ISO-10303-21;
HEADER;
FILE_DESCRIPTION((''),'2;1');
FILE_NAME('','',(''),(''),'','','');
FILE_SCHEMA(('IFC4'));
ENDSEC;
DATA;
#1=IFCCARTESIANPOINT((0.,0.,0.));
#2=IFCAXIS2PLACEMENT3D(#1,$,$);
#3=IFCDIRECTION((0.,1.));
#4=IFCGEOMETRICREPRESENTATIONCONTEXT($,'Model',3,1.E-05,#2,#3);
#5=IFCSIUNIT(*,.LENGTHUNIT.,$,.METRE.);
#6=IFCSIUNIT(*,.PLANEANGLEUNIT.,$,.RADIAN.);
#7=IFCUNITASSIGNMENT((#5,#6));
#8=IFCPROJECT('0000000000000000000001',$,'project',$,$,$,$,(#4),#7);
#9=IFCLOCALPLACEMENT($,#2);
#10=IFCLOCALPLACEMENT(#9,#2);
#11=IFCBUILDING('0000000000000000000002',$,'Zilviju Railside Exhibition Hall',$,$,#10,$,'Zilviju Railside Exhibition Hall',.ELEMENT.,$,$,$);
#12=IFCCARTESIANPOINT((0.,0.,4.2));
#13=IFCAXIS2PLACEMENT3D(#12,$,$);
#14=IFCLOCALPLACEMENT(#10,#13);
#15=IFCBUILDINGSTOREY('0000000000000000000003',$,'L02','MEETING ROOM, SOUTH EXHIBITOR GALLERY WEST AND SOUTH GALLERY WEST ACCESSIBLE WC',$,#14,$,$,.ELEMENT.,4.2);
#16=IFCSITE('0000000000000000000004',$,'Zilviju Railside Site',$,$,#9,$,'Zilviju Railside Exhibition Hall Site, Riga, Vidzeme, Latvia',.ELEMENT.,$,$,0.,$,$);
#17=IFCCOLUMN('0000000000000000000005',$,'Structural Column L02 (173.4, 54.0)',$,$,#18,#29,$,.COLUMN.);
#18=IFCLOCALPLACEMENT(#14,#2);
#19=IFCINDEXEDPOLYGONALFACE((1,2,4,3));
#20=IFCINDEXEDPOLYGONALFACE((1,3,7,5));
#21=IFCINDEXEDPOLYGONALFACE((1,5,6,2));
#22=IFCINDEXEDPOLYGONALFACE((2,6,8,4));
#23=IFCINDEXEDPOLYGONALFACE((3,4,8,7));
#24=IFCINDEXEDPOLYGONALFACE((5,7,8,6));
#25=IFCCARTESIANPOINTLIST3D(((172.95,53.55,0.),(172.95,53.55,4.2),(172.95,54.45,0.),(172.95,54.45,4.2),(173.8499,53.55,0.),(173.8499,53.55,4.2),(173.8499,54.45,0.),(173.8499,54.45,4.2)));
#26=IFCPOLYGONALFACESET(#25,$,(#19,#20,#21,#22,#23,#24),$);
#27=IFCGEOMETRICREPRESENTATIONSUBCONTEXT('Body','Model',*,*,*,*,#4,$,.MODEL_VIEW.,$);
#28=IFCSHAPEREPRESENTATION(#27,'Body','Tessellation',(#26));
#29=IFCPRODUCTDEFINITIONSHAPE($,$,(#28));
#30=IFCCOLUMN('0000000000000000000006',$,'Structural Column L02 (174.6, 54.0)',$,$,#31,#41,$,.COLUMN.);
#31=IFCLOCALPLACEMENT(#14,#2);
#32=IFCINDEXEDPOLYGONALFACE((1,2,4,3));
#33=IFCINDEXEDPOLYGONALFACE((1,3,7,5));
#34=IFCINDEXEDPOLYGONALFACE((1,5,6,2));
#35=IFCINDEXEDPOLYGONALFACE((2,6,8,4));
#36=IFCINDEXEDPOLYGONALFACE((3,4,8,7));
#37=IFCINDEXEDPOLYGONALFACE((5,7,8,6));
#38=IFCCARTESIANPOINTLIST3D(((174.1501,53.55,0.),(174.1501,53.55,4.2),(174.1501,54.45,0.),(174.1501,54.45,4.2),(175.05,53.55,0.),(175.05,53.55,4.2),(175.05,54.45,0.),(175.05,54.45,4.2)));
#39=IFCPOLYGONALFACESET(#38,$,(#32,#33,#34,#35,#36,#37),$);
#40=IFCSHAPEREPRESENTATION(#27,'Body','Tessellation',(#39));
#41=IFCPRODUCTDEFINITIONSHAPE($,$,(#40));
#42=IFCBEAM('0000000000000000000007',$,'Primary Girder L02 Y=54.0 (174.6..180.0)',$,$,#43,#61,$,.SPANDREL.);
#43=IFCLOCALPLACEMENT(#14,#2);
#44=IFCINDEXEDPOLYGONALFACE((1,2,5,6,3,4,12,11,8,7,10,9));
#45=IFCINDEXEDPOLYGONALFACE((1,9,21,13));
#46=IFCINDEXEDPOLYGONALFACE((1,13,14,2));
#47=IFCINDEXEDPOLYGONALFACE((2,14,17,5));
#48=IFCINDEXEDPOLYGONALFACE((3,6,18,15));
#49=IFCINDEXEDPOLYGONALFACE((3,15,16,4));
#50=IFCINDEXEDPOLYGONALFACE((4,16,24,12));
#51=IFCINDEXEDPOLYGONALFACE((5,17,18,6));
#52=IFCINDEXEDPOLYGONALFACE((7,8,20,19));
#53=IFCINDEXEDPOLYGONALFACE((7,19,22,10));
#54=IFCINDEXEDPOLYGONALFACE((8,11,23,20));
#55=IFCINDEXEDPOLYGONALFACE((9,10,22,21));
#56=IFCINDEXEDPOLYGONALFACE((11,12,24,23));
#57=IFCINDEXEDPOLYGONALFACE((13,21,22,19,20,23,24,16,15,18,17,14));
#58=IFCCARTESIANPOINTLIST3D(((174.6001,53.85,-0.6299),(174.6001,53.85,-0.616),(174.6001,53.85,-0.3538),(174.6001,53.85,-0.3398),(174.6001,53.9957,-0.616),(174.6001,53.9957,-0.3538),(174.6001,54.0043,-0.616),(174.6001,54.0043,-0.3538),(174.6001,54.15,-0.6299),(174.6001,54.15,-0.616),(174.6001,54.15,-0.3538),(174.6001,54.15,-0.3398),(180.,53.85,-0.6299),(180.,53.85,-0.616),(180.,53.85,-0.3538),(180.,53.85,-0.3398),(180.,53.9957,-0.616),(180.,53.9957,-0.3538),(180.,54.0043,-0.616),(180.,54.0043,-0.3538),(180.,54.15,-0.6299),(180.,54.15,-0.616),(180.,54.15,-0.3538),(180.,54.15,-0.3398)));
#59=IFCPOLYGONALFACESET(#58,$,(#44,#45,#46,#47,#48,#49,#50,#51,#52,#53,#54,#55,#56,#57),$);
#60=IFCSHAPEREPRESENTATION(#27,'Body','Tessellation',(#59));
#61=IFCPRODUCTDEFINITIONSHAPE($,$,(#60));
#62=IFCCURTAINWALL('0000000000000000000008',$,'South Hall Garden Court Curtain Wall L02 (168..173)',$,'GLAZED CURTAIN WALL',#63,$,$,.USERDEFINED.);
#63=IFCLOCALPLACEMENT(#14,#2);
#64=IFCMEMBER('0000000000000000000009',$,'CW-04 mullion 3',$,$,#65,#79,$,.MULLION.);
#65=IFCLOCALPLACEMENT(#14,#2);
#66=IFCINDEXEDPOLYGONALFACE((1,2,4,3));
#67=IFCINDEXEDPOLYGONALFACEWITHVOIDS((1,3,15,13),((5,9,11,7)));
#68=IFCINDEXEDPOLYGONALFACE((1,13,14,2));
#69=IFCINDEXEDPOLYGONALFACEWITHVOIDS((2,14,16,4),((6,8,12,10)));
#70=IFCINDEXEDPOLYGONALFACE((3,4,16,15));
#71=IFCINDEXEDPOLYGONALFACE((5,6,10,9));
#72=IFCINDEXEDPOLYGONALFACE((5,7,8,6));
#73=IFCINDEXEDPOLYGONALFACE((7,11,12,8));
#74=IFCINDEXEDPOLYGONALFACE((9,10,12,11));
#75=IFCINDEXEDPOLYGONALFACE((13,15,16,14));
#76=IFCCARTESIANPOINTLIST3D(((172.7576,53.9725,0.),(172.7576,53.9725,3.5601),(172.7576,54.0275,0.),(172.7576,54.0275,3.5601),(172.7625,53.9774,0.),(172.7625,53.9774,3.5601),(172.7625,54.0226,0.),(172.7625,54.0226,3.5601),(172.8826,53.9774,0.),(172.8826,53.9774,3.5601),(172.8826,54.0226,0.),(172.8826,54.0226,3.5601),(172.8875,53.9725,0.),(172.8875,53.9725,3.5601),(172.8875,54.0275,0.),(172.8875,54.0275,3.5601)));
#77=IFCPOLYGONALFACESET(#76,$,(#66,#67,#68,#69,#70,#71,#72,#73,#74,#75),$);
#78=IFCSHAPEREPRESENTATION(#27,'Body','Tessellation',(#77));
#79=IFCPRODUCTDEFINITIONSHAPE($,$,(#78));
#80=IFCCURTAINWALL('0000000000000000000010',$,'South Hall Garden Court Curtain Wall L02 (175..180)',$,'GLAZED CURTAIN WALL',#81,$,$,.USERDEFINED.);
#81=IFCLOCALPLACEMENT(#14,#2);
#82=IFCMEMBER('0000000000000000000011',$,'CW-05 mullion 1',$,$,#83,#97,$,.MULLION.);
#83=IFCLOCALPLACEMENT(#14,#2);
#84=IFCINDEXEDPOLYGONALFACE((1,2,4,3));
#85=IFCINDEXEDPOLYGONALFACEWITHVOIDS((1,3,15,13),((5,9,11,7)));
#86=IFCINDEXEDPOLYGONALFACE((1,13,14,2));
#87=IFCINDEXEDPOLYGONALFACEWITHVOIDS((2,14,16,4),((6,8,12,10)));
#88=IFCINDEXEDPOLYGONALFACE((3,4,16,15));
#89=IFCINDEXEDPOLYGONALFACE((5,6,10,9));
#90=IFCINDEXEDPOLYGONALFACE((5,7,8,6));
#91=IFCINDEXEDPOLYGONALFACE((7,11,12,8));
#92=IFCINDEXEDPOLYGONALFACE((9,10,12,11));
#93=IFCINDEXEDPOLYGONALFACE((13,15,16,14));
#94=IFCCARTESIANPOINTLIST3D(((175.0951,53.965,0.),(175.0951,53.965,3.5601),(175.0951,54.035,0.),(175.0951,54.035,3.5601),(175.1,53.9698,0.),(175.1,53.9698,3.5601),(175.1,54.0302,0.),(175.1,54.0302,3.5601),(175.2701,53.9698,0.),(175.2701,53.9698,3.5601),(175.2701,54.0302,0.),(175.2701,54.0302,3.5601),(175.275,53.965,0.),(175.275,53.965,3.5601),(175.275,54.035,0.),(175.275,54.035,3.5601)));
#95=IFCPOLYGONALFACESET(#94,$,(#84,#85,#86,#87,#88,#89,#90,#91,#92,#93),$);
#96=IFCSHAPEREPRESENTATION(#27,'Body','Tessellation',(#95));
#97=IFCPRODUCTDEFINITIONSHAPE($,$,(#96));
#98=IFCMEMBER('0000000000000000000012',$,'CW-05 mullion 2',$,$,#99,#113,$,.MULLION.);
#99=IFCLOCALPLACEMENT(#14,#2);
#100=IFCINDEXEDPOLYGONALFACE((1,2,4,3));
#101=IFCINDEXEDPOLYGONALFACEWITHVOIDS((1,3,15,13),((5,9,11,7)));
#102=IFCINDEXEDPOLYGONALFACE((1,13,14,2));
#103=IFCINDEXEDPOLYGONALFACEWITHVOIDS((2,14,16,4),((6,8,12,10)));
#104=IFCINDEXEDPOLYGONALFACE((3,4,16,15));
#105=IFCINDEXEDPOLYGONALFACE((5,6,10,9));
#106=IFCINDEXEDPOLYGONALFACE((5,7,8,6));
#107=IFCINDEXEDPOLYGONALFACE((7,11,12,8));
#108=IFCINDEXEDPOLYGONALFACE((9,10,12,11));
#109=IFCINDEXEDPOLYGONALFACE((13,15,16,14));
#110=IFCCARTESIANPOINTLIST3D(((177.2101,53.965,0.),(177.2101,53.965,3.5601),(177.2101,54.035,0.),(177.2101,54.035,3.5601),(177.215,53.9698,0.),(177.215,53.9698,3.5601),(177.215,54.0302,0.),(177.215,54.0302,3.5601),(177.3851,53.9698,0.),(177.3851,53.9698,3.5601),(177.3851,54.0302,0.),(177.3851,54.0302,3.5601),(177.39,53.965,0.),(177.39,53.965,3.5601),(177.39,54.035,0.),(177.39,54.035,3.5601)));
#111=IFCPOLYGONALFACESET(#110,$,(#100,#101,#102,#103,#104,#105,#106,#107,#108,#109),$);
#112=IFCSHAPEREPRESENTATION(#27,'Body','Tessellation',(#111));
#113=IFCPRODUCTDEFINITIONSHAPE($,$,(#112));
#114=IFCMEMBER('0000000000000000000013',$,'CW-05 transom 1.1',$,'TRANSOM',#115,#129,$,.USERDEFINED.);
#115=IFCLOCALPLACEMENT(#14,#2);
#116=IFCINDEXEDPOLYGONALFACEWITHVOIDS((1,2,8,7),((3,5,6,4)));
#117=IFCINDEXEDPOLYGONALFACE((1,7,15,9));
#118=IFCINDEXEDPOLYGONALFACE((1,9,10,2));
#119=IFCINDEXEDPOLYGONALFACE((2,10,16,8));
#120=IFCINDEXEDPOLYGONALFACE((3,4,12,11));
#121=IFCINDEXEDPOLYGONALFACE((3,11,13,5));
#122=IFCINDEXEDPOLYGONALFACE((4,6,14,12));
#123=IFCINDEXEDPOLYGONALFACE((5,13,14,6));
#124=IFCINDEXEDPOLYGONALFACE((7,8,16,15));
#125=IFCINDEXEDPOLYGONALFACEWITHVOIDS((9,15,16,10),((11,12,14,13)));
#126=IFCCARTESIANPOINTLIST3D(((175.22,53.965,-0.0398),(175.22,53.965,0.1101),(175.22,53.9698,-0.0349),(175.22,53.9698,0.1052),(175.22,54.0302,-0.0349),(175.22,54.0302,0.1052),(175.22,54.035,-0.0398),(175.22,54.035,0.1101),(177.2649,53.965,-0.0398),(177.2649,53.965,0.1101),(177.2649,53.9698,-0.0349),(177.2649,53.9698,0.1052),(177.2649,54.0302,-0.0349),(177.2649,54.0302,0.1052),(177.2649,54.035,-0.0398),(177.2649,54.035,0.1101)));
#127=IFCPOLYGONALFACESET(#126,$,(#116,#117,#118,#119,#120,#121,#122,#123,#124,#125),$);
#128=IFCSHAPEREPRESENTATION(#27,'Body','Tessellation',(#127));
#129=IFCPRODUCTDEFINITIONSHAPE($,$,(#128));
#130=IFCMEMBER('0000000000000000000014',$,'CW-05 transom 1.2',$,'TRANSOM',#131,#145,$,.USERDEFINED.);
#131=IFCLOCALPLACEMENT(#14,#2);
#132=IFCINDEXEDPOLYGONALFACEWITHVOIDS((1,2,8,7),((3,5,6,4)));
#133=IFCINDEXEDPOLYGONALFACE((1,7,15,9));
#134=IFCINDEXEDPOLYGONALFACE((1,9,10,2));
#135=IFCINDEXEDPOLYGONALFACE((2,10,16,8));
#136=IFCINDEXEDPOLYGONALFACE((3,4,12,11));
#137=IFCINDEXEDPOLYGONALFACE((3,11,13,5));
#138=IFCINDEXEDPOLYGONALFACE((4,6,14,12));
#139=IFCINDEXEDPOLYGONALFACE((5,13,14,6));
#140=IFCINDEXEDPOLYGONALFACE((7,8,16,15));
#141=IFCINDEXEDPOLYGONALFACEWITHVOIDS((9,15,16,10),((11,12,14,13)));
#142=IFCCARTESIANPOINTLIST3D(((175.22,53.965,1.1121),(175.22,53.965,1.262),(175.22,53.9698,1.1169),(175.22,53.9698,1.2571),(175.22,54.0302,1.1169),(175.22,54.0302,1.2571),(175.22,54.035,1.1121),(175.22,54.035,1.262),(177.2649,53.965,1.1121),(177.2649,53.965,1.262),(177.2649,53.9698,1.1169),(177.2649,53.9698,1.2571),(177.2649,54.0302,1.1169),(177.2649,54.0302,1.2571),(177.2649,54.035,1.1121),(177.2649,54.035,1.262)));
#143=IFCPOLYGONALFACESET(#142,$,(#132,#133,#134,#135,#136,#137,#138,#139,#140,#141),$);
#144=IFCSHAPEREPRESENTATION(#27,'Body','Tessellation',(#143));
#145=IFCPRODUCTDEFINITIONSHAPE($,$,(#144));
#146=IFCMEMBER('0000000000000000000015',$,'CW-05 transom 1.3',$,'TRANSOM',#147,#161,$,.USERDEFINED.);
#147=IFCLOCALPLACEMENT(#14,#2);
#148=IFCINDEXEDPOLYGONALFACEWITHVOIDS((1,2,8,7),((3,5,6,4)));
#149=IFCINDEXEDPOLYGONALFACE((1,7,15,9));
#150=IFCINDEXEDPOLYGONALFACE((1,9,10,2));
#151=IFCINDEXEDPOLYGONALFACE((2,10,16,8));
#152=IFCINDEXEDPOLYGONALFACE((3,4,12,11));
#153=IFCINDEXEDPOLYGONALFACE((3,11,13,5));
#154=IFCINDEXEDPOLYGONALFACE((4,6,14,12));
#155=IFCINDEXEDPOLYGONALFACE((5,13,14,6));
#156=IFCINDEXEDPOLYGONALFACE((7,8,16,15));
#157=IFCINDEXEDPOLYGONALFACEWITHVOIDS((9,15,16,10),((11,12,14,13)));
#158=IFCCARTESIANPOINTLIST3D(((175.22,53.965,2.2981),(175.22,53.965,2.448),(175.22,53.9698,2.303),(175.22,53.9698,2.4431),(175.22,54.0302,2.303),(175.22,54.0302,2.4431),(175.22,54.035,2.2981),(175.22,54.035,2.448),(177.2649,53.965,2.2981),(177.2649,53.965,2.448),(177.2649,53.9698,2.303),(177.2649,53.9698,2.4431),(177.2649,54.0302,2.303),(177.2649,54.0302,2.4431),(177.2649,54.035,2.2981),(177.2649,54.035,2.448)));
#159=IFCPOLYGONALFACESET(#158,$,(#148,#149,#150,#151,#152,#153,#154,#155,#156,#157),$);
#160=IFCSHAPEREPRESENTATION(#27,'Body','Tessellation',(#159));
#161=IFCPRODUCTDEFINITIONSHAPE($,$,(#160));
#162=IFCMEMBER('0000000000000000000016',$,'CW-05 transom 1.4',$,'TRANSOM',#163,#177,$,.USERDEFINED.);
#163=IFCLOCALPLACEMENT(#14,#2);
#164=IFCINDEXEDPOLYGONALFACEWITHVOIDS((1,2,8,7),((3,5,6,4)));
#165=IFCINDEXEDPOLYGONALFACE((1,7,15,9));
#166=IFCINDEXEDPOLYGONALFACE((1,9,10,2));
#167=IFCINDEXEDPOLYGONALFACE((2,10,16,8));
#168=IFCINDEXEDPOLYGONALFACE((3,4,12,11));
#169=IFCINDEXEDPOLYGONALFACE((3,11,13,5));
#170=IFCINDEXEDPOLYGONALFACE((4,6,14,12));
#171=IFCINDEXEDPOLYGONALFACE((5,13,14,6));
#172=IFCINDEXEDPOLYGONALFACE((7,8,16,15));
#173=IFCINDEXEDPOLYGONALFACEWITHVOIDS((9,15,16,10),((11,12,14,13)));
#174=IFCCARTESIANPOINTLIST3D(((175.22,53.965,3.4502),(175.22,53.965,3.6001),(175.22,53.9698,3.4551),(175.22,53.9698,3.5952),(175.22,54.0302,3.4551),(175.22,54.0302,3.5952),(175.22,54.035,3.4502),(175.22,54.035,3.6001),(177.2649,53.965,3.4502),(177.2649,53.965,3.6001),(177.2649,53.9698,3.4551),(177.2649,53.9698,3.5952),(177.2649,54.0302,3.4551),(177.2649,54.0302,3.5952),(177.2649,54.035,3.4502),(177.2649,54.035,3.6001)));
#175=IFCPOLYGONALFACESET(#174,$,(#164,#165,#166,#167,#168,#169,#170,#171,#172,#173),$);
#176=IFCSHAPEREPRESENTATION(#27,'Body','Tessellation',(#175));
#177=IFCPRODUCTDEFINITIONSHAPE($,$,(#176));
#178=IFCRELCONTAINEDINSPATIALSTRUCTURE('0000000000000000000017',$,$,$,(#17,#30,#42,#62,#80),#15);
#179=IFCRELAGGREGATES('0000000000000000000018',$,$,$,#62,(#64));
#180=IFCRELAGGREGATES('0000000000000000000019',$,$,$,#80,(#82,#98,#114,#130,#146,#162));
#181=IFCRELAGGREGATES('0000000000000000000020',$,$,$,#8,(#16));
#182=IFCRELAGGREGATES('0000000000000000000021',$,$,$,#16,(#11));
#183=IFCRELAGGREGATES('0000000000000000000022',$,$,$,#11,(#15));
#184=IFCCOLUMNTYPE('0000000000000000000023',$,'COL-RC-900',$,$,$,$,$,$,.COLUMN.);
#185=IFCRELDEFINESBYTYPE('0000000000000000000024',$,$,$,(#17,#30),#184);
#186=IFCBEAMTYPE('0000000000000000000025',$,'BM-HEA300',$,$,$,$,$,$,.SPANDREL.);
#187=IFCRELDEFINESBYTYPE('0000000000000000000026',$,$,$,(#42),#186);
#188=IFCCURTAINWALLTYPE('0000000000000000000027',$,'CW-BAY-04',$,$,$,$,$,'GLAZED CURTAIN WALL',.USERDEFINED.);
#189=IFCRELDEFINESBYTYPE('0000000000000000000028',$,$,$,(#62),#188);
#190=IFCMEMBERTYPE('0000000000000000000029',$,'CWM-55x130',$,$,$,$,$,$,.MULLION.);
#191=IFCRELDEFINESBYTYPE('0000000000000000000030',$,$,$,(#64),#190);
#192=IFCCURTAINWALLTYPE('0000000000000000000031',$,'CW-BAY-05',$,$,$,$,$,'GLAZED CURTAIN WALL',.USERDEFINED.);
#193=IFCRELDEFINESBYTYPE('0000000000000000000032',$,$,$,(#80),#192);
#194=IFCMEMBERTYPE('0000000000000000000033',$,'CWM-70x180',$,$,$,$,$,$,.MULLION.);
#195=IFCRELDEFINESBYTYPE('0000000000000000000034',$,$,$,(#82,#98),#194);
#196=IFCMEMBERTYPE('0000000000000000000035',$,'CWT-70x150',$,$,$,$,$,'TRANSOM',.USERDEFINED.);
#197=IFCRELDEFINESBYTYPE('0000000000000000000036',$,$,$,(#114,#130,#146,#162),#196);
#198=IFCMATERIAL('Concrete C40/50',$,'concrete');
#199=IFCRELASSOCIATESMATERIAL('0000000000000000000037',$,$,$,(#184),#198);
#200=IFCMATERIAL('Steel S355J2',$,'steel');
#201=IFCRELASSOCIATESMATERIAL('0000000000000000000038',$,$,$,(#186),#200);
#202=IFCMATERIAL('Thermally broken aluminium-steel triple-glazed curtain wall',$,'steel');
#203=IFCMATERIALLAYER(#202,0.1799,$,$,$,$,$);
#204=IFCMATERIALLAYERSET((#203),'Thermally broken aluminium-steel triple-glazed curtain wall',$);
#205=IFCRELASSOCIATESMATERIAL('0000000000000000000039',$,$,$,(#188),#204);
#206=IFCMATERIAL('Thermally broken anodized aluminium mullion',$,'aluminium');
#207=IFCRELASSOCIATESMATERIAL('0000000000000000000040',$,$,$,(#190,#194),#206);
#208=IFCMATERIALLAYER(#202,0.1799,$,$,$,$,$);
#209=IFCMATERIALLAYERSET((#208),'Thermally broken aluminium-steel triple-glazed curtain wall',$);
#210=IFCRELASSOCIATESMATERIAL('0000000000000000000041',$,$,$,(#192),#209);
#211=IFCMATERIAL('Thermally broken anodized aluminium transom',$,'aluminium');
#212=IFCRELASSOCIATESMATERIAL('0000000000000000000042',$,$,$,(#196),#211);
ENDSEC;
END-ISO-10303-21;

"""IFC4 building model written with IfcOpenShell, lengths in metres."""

from ifc_helpers import new_model, si_unit, direction, frame, origin, origin_2d, place, context, subcontext, project, spatial, rectangle, hollow_rectangle, i_section, extrude, material, layer, layer_set, material_profile, profile_set, type_object, element, aggregate, save


model = new_model("IFC4")

# Units and contexts
model_context = context("Model", 3, precision=1e-05, world=origin(), true_north=direction((0.0, 1.0)))
body_context = subcontext(model_context, "Body", "Model", "MODEL_VIEW")
ifc_project = project(units=[si_unit("LENGTHUNIT", "METRE"), si_unit("PLANEANGLEUNIT", "RADIAN")], contexts=[model_context])

# Site, building, storey
site_placement = place(None, origin())
site = spatial("IfcSite", under=ifc_project, at=site_placement, Name="Zilviju Railside Site", LongName="Zilviju Railside Exhibition Hall Site, Riga, Vidzeme, Latvia", CompositionType="ELEMENT", RefElevation=0.0)
building_placement = place(site_placement, origin())
building = spatial("IfcBuilding", under=site, at=building_placement, Name="Zilviju Railside Exhibition Hall", LongName="Zilviju Railside Exhibition Hall", CompositionType="ELEMENT")
storey_placement = place(building_placement, frame((0.0, 0.0, 4.2)))
storey = spatial("IfcBuildingStorey", under=building, at=storey_placement, Name="L02", Description="MEETING ROOM, SOUTH EXHIBITOR GALLERY WEST AND SOUTH GALLERY WEST ACCESSIBLE WC", CompositionType="ELEMENT", Elevation=4.2)

# Columns
ifc_material_1 = material(Name="Concrete C40/50", Category="concrete")
ifc_material_profile_1 = material_profile(ifc_material_1, rectangle(XDim=0.8999, YDim=0.8999, at=origin_2d()), Name="RC COL 900x900")
ifc_profile_set_1 = profile_set([ifc_material_profile_1], Name="Concrete C40/50")
column_type = type_object("IfcColumnType", Name="COL-RC-900", PredefinedType="COLUMN", material=ifc_profile_set_1)
for number, where, z_axis, x_axis, name in (
    (1, (173.3999, 54.0, 0.0), (0.0, 0.0, 1.0), (1.0, 0.0, 0.0), "Structural Column L02 (173.4, 54.0)"),
    (2, (174.6001, 54.0, 0.0), (0.0, 0.0, 1.0), (1.0, 0.0, 0.0), "Structural Column L02 (174.6, 54.0)"),
):
    element("IfcColumn", number, at=place(storey_placement, frame(where, z_axis=z_axis, x_axis=x_axis)), inside=storey, type_object=column_type, Name=name, PredefinedType="COLUMN", context=body_context, shape_type="SweptSolid", body=[
        extrude(rectangle(XDim=0.8999, YDim=0.8999, at=origin_2d()), origin(), (0.0, 0.0, 1.0), 4.2),
    ])

# Beam
ifc_material_2 = material(Name="Steel S355J2", Category="steel")
ifc_material_profile_2 = material_profile(ifc_material_2, i_section(OverallWidth=0.3, OverallDepth=0.29, WebThickness=0.0085, FlangeThickness=0.0139, at=origin_2d()), Name="HEA 300")
ifc_profile_set_2 = profile_set([ifc_material_profile_2], Name="Steel S355J2")
beam_type = type_object("IfcBeamType", Name="BM-HEA300", PredefinedType="SPANDREL", material=ifc_profile_set_2)
beam_placement = place(storey_placement, frame((174.6001, 54.0, -0.4849), z_axis=(1.0, 0.0, 0.0), x_axis=(0.0, 1.0, 0.0)))
element("IfcBeam", 3, at=beam_placement, inside=storey, type_object=beam_type, Name="Primary Girder L02 Y=54.0 (174.6..180.0)", PredefinedType="SPANDREL", context=body_context, shape_type="SweptSolid", body=[
    extrude(i_section(OverallWidth=0.3, OverallDepth=0.29, WebThickness=0.0085, FlangeThickness=0.0139, at=origin_2d()), origin(), (0.0, 0.0, 1.0), 5.3999),
])

# Curtain wall, member
ifc_material_3 = material(Name="Thermally broken aluminium-steel triple-glazed curtain wall", Category="steel")
ifc_layer_1 = layer(ifc_material_3, 0.1799)
ifc_layer_set_1 = layer_set([ifc_layer_1], Name="Thermally broken aluminium-steel triple-glazed curtain wall")
curtain_wall_type_1 = type_object("IfcCurtainWallType", Name="CW-BAY-04", ElementType="GLAZED CURTAIN WALL", PredefinedType="USERDEFINED", material=ifc_layer_set_1)
curtain_wall_1_placement = place(storey_placement, origin())
curtain_wall_1 = element("IfcCurtainWall", 4, at=curtain_wall_1_placement, inside=storey, type_object=curtain_wall_type_1, Name="South Hall Garden Court Curtain Wall L02 (168..173)", ObjectType="GLAZED CURTAIN WALL", PredefinedType="USERDEFINED")
ifc_material_4 = material(Name="Thermally broken anodized aluminium mullion", Category="aluminium")
ifc_material_profile_3 = material_profile(ifc_material_4, hollow_rectangle(XDim=0.0549, YDim=0.1299, WallThickness=0.0049, at=origin_2d()), Name="MULLION 130x55x5")
ifc_profile_set_3 = profile_set([ifc_material_profile_3], Name="Thermally broken anodized aluminium mullion")
member_type_1 = type_object("IfcMemberType", Name="CWM-55x130", PredefinedType="MULLION", material=ifc_profile_set_3)
member_1_placement = place(storey_placement, frame((172.8225, 54.0, 0.0), z_axis=(0.0, 0.0, 1.0), x_axis=(0.0, 1.0, 0.0)))
member_1 = element("IfcMember", 5, at=member_1_placement, type_object=member_type_1, Name="CW-04 mullion 3", PredefinedType="MULLION", context=body_context, shape_type="SweptSolid", body=[
    extrude(hollow_rectangle(XDim=0.0549, YDim=0.1299, WallThickness=0.0049, at=origin_2d()), origin(), (0.0, 0.0, 1.0), 3.5601),
])
aggregate(curtain_wall_1, [member_1])

# Curtain wall, members
ifc_layer_2 = layer(ifc_material_3, 0.1799)
ifc_layer_set_2 = layer_set([ifc_layer_2], Name="Thermally broken aluminium-steel triple-glazed curtain wall")
curtain_wall_type_2 = type_object("IfcCurtainWallType", Name="CW-BAY-05", ElementType="GLAZED CURTAIN WALL", PredefinedType="USERDEFINED", material=ifc_layer_set_2)
curtain_wall_2_placement = place(storey_placement, origin())
curtain_wall_2 = element("IfcCurtainWall", 6, at=curtain_wall_2_placement, inside=storey, type_object=curtain_wall_type_2, Name="South Hall Garden Court Curtain Wall L02 (175..180)", ObjectType="GLAZED CURTAIN WALL", PredefinedType="USERDEFINED")
ifc_material_profile_4 = material_profile(ifc_material_4, hollow_rectangle(XDim=0.0701, YDim=0.1799, WallThickness=0.0049, at=origin_2d()), Name="MULLION 180x70x5")
ifc_profile_set_4 = profile_set([ifc_material_profile_4], Name="Thermally broken anodized aluminium mullion")
member_type_2 = type_object("IfcMemberType", Name="CWM-70x180", PredefinedType="MULLION", material=ifc_profile_set_4)
member_2_placement = place(storey_placement, frame((175.1851, 54.0, 0.0), z_axis=(0.0, 0.0, 1.0), x_axis=(0.0, 1.0, 0.0)))
member_2 = element("IfcMember", 7, at=member_2_placement, type_object=member_type_2, Name="CW-05 mullion 1", PredefinedType="MULLION", context=body_context, shape_type="SweptSolid", body=[
    extrude(hollow_rectangle(XDim=0.0701, YDim=0.1799, WallThickness=0.0049, at=origin_2d()), origin(), (0.0, 0.0, 1.0), 3.5601),
])
member_3_placement = place(storey_placement, frame((177.3, 54.0, 0.0), z_axis=(0.0, 0.0, 1.0), x_axis=(0.0, 1.0, 0.0)))
member_3 = element("IfcMember", 8, at=member_3_placement, type_object=member_type_2, Name="CW-05 mullion 2", PredefinedType="MULLION", context=body_context, shape_type="SweptSolid", body=[
    extrude(hollow_rectangle(XDim=0.0701, YDim=0.1799, WallThickness=0.0049, at=origin_2d()), origin(), (0.0, 0.0, 1.0), 3.5601),
])
ifc_material_5 = material(Name="Thermally broken anodized aluminium transom", Category="aluminium")
ifc_material_profile_5 = material_profile(ifc_material_5, hollow_rectangle(XDim=0.0701, YDim=0.1499, WallThickness=0.0049, at=origin_2d()), Name="TRANSOM 150x70x5")
ifc_profile_set_5 = profile_set([ifc_material_profile_5], Name="Thermally broken anodized aluminium transom")
member_type_3 = type_object("IfcMemberType", Name="CWT-70x150", ElementType="TRANSOM", PredefinedType="USERDEFINED", material=ifc_profile_set_5)
member_4_placement = place(storey_placement, frame((175.22, 54.0, 0.0352), z_axis=(1.0, 0.0, 0.0), x_axis=(0.0, 1.0, 0.0)))
member_4 = element("IfcMember", 9, at=member_4_placement, type_object=member_type_3, Name="CW-05 transom 1.1", ObjectType="TRANSOM", PredefinedType="USERDEFINED", context=body_context, shape_type="SweptSolid", body=[
    extrude(hollow_rectangle(XDim=0.0701, YDim=0.1499, WallThickness=0.0049, at=origin_2d()), origin(), (0.0, 0.0, 1.0), 2.0449),
])
member_5_placement = place(storey_placement, frame((175.22, 54.0, 1.187), z_axis=(1.0, 0.0, 0.0), x_axis=(0.0, 1.0, 0.0)))
member_5 = element("IfcMember", 10, at=member_5_placement, type_object=member_type_3, Name="CW-05 transom 1.2", ObjectType="TRANSOM", PredefinedType="USERDEFINED", context=body_context, shape_type="SweptSolid", body=[
    extrude(hollow_rectangle(XDim=0.0701, YDim=0.1499, WallThickness=0.0049, at=origin_2d()), origin(), (0.0, 0.0, 1.0), 2.0449),
])
member_6_placement = place(storey_placement, frame((175.22, 54.0, 2.373), z_axis=(1.0, 0.0, 0.0), x_axis=(0.0, 1.0, 0.0)))
member_6 = element("IfcMember", 11, at=member_6_placement, type_object=member_type_3, Name="CW-05 transom 1.3", ObjectType="TRANSOM", PredefinedType="USERDEFINED", context=body_context, shape_type="SweptSolid", body=[
    extrude(hollow_rectangle(XDim=0.0701, YDim=0.1499, WallThickness=0.0049, at=origin_2d()), origin(), (0.0, 0.0, 1.0), 2.0449),
])
member_7_placement = place(storey_placement, frame((175.22, 54.0, 3.5251), z_axis=(1.0, 0.0, 0.0), x_axis=(0.0, 1.0, 0.0)))
member_7 = element("IfcMember", 12, at=member_7_placement, type_object=member_type_3, Name="CW-05 transom 1.4", ObjectType="TRANSOM", PredefinedType="USERDEFINED", context=body_context, shape_type="SweptSolid", body=[
    extrude(hollow_rectangle(XDim=0.0701, YDim=0.1499, WallThickness=0.0049, at=origin_2d()), origin(), (0.0, 0.0, 1.0), 2.0449),
])
aggregate(curtain_wall_2, [member_2, member_3, member_4, member_5, member_6, member_7])

save(model, "model.ifc")
